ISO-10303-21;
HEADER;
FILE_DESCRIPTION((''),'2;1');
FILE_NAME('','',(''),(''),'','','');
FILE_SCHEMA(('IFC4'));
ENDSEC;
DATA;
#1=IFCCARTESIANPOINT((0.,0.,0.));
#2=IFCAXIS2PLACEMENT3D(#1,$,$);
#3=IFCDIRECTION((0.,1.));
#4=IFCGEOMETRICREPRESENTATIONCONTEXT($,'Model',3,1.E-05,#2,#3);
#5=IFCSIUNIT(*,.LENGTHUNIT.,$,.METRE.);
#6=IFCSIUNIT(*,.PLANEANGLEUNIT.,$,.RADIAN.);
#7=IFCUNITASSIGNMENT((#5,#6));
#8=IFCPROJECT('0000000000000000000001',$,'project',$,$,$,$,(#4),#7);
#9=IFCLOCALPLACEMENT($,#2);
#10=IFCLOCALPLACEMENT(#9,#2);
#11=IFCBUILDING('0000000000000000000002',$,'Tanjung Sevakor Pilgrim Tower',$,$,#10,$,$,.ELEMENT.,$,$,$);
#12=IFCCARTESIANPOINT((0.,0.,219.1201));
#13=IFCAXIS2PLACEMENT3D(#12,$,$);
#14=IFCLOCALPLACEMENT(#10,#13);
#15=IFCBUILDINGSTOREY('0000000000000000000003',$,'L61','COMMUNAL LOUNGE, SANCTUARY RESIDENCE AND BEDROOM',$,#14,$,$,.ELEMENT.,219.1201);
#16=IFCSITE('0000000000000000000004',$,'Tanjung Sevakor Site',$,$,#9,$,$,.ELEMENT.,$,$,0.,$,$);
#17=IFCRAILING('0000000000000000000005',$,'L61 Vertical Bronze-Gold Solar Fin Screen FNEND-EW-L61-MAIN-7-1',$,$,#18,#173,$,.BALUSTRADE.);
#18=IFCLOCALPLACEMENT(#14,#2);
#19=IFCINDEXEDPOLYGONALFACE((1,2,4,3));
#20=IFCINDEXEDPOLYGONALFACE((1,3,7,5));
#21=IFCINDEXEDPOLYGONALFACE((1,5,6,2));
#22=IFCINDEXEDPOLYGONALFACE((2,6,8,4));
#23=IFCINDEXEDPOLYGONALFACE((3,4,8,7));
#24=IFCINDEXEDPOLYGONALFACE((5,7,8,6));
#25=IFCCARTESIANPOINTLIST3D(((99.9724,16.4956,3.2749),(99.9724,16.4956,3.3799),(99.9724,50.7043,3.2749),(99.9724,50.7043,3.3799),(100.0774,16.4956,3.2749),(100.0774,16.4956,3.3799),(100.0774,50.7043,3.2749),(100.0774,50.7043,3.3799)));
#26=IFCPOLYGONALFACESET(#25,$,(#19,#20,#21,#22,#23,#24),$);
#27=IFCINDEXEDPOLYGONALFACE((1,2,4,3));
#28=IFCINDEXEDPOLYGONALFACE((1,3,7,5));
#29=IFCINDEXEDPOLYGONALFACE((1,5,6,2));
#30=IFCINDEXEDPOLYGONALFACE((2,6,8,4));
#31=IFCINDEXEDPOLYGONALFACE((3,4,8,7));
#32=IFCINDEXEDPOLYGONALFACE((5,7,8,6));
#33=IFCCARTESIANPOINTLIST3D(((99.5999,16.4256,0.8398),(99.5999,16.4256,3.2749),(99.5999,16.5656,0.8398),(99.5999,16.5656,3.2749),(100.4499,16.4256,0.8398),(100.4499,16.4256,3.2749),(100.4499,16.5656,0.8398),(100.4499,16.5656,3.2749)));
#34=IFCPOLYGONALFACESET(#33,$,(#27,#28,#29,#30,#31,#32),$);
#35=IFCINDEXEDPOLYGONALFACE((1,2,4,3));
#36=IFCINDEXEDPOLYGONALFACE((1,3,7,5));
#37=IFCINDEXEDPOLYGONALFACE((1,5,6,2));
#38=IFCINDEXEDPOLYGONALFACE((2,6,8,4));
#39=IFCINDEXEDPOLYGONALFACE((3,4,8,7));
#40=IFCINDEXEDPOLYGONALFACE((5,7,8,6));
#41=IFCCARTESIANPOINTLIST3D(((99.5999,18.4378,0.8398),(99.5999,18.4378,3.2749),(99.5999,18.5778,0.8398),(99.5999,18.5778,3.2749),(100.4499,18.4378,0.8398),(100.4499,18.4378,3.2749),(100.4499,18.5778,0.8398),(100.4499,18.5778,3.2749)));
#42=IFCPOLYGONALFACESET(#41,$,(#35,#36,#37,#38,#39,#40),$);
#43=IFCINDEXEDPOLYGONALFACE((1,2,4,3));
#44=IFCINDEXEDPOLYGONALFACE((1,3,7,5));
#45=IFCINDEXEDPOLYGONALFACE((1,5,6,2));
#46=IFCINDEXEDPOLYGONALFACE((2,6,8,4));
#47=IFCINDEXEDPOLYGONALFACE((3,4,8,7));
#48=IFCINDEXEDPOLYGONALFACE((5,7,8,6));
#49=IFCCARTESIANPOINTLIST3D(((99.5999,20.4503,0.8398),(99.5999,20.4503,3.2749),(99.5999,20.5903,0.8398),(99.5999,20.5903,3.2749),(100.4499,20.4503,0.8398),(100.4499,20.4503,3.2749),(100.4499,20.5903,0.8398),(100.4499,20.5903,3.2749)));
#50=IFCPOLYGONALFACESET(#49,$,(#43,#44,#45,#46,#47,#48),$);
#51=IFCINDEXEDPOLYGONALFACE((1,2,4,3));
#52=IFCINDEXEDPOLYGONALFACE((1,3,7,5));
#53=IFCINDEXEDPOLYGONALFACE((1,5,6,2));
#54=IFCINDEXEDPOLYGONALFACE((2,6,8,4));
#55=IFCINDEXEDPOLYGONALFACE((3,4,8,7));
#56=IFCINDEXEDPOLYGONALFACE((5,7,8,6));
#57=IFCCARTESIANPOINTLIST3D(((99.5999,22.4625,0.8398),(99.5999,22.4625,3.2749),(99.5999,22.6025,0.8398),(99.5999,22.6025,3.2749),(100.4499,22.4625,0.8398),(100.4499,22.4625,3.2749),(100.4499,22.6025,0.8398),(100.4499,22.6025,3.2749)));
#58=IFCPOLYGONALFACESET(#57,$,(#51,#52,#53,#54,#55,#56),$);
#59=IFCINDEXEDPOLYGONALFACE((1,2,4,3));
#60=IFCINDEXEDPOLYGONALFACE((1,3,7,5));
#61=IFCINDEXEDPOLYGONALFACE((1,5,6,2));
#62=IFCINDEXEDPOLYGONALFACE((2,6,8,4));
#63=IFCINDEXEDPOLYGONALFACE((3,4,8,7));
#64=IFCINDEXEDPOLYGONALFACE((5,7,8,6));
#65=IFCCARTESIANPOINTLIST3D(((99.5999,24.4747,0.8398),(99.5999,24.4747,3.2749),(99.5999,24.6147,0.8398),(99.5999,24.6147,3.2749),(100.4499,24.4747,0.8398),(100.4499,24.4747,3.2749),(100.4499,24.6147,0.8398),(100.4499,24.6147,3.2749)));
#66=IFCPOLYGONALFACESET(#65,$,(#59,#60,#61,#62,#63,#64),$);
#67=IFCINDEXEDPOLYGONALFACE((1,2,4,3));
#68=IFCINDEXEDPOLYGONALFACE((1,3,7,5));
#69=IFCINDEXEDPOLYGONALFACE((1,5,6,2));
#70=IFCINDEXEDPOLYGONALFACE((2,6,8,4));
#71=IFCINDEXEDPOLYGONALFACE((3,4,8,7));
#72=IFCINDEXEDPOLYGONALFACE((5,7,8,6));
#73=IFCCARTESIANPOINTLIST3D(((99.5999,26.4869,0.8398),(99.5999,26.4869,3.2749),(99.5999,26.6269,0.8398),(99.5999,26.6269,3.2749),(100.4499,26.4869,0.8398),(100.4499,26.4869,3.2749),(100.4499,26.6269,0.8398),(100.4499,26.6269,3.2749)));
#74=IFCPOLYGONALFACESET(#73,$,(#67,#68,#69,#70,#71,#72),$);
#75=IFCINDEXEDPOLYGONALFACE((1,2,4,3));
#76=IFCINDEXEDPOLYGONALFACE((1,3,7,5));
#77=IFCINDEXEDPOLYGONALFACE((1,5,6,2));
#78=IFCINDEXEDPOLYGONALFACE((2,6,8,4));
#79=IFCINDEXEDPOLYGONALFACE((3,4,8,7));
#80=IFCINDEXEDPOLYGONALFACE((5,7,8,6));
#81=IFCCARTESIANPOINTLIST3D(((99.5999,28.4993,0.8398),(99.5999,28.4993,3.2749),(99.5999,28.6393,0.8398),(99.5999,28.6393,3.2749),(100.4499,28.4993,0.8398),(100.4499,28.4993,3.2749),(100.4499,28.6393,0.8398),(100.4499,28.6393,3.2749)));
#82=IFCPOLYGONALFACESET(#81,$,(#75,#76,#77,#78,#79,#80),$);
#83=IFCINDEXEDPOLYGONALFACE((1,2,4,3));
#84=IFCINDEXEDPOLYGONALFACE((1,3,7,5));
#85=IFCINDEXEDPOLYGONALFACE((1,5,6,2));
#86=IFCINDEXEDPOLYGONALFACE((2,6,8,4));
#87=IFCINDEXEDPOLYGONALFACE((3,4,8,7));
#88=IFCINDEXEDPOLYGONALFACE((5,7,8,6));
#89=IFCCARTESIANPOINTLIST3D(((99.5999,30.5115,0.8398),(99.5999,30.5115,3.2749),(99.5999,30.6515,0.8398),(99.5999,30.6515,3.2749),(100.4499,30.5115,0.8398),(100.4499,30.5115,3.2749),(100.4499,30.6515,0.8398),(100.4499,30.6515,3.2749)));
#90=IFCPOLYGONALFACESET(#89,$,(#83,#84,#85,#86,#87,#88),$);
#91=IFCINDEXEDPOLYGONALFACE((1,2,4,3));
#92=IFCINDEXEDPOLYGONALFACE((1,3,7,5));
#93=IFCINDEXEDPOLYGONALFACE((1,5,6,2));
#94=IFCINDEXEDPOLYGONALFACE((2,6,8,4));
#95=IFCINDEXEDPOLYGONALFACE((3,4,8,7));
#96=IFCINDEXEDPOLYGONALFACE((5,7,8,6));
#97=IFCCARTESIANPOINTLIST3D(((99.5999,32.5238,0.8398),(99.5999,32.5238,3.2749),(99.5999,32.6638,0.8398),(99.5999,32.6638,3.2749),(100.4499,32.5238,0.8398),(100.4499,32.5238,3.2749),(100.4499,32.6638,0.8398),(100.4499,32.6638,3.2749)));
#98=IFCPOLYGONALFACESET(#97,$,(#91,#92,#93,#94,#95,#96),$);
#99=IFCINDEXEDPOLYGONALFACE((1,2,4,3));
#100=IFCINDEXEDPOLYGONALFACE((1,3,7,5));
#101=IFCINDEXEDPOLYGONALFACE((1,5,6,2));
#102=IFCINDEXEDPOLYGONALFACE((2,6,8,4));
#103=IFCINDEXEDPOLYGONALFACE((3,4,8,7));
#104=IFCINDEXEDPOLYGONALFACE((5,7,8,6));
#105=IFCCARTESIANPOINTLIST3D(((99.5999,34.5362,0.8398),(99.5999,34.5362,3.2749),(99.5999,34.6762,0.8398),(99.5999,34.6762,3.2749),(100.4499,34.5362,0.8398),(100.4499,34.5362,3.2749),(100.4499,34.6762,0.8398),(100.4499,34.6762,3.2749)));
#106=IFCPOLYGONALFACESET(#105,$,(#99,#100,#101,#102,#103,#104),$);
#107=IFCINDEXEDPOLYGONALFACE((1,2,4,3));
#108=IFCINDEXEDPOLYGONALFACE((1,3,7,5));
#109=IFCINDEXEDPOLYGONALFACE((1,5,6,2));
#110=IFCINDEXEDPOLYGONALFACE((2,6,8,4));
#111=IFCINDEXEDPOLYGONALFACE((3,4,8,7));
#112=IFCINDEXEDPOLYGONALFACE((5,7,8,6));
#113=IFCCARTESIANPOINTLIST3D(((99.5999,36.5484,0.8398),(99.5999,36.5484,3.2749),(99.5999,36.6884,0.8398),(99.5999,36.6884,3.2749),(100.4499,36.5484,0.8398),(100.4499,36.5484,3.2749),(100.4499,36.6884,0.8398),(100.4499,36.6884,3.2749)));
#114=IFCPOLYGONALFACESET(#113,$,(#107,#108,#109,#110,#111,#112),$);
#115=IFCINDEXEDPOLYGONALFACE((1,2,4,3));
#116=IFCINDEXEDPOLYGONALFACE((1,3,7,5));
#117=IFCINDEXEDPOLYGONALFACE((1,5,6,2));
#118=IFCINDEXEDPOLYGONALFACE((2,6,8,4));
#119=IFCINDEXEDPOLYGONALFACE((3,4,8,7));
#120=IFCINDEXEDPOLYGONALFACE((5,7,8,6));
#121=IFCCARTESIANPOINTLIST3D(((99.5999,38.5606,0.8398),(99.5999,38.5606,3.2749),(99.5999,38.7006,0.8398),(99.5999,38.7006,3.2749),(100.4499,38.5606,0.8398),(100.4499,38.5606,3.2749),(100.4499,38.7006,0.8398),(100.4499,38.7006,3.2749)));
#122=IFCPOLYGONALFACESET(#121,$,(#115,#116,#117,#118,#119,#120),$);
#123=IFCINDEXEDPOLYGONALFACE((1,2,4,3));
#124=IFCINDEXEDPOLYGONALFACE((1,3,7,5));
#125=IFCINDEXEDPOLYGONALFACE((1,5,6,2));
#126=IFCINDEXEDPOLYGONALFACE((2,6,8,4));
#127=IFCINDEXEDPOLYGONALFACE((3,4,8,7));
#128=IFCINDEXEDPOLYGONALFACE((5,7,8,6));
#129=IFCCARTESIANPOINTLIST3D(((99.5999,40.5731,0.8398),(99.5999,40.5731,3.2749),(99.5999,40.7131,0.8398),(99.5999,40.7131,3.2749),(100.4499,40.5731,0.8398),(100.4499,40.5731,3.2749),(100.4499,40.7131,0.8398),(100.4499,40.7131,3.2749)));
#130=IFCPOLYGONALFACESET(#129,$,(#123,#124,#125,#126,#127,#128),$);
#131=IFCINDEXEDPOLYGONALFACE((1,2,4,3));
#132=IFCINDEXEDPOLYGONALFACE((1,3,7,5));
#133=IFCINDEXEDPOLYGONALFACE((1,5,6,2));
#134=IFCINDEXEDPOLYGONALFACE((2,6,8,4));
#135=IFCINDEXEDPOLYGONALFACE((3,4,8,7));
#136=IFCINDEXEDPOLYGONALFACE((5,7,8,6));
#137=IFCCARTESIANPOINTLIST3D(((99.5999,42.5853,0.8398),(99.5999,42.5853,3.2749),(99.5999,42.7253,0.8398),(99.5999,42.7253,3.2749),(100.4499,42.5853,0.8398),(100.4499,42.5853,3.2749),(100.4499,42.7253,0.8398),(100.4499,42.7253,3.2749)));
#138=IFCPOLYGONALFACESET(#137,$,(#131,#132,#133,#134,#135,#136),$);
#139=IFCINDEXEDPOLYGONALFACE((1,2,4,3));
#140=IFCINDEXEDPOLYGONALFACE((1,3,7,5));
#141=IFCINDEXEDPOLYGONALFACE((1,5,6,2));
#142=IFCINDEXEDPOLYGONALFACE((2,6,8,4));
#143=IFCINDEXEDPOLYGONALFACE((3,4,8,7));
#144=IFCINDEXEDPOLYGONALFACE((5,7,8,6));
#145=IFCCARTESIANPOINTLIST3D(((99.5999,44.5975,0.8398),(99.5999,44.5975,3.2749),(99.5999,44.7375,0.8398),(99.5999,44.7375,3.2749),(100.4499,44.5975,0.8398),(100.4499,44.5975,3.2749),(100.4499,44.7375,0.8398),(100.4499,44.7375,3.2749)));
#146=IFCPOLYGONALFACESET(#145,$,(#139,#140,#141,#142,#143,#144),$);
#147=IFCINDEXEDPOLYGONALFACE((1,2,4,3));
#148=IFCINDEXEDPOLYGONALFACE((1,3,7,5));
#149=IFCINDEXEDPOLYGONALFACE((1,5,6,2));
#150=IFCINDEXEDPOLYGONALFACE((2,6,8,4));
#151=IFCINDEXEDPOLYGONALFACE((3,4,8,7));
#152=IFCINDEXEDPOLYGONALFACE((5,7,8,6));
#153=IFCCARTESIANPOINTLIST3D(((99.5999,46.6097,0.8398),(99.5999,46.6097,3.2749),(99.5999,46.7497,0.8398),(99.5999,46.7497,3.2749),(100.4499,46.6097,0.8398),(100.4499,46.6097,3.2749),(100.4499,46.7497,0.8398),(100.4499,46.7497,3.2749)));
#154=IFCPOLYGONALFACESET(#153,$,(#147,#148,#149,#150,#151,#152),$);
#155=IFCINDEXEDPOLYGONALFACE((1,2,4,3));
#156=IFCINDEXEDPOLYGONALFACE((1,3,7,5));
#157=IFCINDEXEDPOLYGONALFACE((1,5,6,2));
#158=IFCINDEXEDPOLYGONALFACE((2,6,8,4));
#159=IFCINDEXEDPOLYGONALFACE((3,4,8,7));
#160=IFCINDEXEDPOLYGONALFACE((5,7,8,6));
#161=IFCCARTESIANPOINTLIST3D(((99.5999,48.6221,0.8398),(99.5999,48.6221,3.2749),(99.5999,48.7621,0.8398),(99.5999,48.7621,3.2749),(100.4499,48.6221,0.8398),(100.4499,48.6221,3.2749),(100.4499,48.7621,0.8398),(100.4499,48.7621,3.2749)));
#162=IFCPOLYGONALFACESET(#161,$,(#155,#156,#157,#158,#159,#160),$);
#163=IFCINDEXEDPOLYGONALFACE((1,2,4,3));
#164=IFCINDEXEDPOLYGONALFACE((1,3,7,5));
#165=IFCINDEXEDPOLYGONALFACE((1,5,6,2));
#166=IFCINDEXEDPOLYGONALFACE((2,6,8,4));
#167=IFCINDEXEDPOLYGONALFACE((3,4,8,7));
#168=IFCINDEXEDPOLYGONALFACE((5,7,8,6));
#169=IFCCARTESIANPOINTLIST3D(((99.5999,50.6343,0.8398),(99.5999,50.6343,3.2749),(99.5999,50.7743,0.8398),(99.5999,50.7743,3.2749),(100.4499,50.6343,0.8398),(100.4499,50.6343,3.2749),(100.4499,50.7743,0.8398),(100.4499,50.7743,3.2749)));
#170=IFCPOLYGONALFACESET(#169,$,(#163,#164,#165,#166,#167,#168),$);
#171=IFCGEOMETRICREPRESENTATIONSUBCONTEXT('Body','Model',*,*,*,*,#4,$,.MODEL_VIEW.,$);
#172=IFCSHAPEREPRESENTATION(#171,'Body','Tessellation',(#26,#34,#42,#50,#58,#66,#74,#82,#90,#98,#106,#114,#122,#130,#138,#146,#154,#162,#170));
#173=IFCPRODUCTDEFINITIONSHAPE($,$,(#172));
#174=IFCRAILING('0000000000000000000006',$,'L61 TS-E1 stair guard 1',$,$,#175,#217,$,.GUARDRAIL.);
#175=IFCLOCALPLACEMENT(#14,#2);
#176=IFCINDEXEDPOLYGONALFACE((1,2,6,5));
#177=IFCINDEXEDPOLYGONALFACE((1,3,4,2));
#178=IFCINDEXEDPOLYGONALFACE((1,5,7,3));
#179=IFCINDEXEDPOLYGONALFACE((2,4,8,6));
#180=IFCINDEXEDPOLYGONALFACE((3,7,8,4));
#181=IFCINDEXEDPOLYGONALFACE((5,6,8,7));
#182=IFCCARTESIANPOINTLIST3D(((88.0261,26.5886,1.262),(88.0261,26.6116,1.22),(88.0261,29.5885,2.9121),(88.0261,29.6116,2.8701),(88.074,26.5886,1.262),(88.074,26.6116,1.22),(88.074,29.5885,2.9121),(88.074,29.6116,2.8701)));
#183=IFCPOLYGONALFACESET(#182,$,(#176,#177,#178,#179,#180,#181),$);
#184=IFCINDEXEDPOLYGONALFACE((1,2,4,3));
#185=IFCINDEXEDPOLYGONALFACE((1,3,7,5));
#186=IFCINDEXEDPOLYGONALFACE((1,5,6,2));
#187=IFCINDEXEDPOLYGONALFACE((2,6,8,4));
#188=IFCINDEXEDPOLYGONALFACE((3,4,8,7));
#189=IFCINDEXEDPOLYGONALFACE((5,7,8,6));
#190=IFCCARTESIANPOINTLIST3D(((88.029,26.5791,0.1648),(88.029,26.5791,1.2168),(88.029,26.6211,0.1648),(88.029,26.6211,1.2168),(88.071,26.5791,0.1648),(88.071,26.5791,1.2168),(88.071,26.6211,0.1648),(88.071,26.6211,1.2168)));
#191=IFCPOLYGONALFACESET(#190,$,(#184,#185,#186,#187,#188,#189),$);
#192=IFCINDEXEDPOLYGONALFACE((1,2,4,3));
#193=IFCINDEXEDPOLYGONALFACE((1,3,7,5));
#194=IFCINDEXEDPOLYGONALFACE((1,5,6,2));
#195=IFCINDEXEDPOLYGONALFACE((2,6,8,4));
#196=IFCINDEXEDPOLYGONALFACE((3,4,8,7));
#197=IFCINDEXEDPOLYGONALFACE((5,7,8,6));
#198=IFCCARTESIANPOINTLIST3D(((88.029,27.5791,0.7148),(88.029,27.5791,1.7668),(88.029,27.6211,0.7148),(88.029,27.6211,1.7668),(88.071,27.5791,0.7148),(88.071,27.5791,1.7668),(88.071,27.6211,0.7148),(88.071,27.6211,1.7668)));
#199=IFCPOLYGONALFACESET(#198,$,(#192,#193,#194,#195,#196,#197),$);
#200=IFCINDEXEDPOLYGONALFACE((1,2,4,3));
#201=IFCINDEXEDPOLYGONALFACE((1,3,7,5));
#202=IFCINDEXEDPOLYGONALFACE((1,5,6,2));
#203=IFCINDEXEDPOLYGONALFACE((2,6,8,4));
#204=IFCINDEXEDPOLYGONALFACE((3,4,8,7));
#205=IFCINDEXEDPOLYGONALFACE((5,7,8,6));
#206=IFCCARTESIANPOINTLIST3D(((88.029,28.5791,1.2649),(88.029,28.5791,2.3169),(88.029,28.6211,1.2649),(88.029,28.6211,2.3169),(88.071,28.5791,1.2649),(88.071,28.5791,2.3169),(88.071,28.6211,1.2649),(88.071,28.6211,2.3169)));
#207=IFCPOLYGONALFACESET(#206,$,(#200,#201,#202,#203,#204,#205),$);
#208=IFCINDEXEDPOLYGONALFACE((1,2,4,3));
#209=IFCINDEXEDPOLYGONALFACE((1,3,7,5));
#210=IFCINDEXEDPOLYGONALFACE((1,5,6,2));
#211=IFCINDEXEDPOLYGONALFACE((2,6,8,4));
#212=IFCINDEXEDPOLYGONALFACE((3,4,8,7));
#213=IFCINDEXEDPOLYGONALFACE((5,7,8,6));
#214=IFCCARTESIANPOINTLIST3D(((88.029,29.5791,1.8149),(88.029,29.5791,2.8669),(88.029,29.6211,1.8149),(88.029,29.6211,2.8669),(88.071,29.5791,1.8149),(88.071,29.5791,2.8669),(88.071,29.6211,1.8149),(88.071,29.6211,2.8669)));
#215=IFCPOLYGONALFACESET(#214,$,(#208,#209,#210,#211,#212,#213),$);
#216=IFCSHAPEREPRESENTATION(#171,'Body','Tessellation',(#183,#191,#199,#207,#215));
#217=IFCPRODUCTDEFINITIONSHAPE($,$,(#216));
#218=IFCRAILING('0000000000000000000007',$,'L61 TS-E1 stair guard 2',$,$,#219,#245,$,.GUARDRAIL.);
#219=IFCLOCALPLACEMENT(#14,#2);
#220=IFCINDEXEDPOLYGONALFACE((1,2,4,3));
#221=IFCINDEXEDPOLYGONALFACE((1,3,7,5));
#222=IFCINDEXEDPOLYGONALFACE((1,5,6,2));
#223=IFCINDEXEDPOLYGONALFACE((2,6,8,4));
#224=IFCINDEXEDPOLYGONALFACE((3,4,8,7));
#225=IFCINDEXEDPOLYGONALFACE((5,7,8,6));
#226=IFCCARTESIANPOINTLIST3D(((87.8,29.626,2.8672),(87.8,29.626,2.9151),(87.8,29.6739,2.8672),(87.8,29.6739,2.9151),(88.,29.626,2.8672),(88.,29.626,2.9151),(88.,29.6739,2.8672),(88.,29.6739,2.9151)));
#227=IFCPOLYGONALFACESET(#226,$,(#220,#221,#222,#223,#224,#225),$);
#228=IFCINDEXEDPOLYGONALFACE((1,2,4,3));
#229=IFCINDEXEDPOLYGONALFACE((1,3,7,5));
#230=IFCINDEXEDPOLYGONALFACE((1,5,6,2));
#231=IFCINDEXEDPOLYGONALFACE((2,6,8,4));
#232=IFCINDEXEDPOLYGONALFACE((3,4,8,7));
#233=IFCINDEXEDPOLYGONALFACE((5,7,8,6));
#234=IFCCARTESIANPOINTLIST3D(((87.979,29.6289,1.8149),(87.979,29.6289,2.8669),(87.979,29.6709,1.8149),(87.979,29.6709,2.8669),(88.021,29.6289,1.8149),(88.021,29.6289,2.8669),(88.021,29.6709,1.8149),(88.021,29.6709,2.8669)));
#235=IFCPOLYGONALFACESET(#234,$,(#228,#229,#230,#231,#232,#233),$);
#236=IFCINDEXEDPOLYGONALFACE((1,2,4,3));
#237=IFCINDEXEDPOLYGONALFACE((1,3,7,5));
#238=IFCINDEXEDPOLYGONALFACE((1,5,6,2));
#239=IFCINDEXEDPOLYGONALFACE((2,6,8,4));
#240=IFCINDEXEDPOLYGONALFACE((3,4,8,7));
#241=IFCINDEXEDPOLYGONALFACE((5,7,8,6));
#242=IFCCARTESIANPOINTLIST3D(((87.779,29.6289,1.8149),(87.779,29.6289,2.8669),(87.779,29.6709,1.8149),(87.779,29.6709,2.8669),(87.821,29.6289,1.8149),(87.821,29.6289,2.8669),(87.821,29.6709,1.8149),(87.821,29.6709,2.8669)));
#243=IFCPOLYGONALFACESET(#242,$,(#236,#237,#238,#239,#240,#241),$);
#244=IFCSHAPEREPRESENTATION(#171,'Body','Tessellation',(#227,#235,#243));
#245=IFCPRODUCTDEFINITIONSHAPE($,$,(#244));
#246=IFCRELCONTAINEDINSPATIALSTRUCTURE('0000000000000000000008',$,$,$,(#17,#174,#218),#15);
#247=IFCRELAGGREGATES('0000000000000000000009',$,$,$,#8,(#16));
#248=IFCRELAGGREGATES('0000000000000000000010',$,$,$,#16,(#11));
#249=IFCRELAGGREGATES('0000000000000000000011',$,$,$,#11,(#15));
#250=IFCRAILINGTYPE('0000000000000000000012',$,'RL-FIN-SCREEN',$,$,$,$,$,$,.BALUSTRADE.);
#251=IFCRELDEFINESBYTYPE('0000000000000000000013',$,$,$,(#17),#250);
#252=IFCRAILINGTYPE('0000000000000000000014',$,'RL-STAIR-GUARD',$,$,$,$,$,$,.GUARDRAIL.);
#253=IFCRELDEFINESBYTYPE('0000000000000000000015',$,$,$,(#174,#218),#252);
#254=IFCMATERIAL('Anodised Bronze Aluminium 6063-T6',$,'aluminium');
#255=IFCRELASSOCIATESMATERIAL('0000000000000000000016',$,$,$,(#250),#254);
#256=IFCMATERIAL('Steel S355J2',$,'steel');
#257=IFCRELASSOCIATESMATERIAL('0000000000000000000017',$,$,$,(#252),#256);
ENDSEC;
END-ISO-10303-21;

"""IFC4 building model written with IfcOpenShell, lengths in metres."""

from ifc_helpers import new_model, si_unit, direction, frame, origin, place, context, subcontext, project, spatial, rectangle, extrude, material, type_object, element, save


model = new_model("IFC4")

# Units and contexts
model_context = context("Model", 3, precision=1e-05, world=origin(), true_north=direction((0.0, 1.0)))
body_context = subcontext(model_context, "Body", "Model", "MODEL_VIEW")
ifc_project = project(units=[si_unit("LENGTHUNIT", "METRE"), si_unit("PLANEANGLEUNIT", "RADIAN")], contexts=[model_context])

# Site, building, storey
site_placement = place(None, origin())
site = spatial("IfcSite", under=ifc_project, at=site_placement, Name="Tanjung Sevakor Site", CompositionType="ELEMENT", RefElevation=0.0)
building_placement = place(site_placement, origin())
building = spatial("IfcBuilding", under=site, at=building_placement, Name="Tanjung Sevakor Pilgrim Tower", CompositionType="ELEMENT")
storey_placement = place(building_placement, frame((0.0, 0.0, 219.1201)))
storey = spatial("IfcBuildingStorey", under=building, at=storey_placement, Name="L61", Description="COMMUNAL LOUNGE, SANCTUARY RESIDENCE AND BEDROOM", CompositionType="ELEMENT", Elevation=219.1201)

# Railings
ifc_material_1 = material(Name="Anodised Bronze Aluminium 6063-T6", Category="aluminium")
railing_type_1 = type_object("IfcRailingType", Name="RL-FIN-SCREEN", PredefinedType="BALUSTRADE", material=ifc_material_1)
railing_1_placement = place(storey_placement, frame((100.0249, 16.4956, 0.8398)))
element("IfcRailing", 1, at=railing_1_placement, inside=storey, type_object=railing_type_1, Name="L61 Vertical Bronze-Gold Solar Fin Screen FNEND-EW-L61-MAIN-7-1", PredefinedType="BALUSTRADE", context=body_context, shape_type="SweptSolid", body=[
    extrude(rectangle(XDim=0.105, YDim=0.105), frame((0.0, 0.0, 2.4875), z_axis=(0.0, 1.0, 0.0), x_axis=(-1.0, 0.0, 0.0)), (0.0, 0.0, 1.0), 34.2087),
    extrude(rectangle(XDim=0.85, YDim=0.14), origin(), (0.0, 0.0, 1.0), 2.4351),
    extrude(rectangle(XDim=0.85, YDim=0.14), frame((0.0, 2.0122, 0.0)), (0.0, 0.0, 1.0), 2.4351),
    extrude(rectangle(XDim=0.85, YDim=0.14), frame((0.0, 4.0247, 0.0)), (0.0, 0.0, 1.0), 2.4351),
    extrude(rectangle(XDim=0.85, YDim=0.14), frame((0.0, 6.0369, 0.0)), (0.0, 0.0, 1.0), 2.4351),
    extrude(rectangle(XDim=0.85, YDim=0.14), frame((0.0, 8.0491, 0.0)), (0.0, 0.0, 1.0), 2.4351),
    extrude(rectangle(XDim=0.85, YDim=0.14), frame((0.0, 10.0613, 0.0)), (0.0, 0.0, 1.0), 2.4351),
    extrude(rectangle(XDim=0.85, YDim=0.14), frame((0.0, 12.0737, 0.0)), (0.0, 0.0, 1.0), 2.4351),
    extrude(rectangle(XDim=0.85, YDim=0.14), frame((0.0, 14.0859, 0.0)), (0.0, 0.0, 1.0), 2.4351),
    extrude(rectangle(XDim=0.85, YDim=0.14), frame((0.0, 16.0981, 0.0)), (0.0, 0.0, 1.0), 2.4351),
    extrude(rectangle(XDim=0.85, YDim=0.14), frame((0.0, 18.1106, 0.0)), (0.0, 0.0, 1.0), 2.4351),
    extrude(rectangle(XDim=0.85, YDim=0.14), frame((0.0, 20.1228, 0.0)), (0.0, 0.0, 1.0), 2.4351),
    extrude(rectangle(XDim=0.85, YDim=0.14), frame((0.0, 22.135, 0.0)), (0.0, 0.0, 1.0), 2.4351),
    extrude(rectangle(XDim=0.85, YDim=0.14), frame((0.0, 24.1475, 0.0)), (0.0, 0.0, 1.0), 2.4351),
    extrude(rectangle(XDim=0.85, YDim=0.14), frame((0.0, 26.1597, 0.0)), (0.0, 0.0, 1.0), 2.4351),
    extrude(rectangle(XDim=0.85, YDim=0.14), frame((0.0, 28.1719, 0.0)), (0.0, 0.0, 1.0), 2.4351),
    extrude(rectangle(XDim=0.85, YDim=0.14), frame((0.0, 30.1841, 0.0)), (0.0, 0.0, 1.0), 2.4351),
    extrude(rectangle(XDim=0.85, YDim=0.14), frame((0.0, 32.1965, 0.0)), (0.0, 0.0, 1.0), 2.4351),
    extrude(rectangle(XDim=0.85, YDim=0.14), frame((0.0, 34.2087, 0.0)), (0.0, 0.0, 1.0), 2.4351),
])
ifc_material_2 = material(Name="Steel S355J2", Category="steel")
railing_type_2 = type_object("IfcRailingType", Name="RL-STAIR-GUARD", PredefinedType="GUARDRAIL", material=ifc_material_2)
railing_2_placement = place(storey_placement, frame((88.05, 26.6001, 0.1648)))
element("IfcRailing", 2, at=railing_2_placement, inside=storey, type_object=railing_type_2, Name="L61 TS-E1 stair guard 1", PredefinedType="GUARDRAIL", context=body_context, shape_type="SweptSolid", body=[
    extrude(rectangle(XDim=0.0479, YDim=0.0479), frame((0.0, 0.0, 1.0762), z_axis=(0.0, 0.876198, 0.481952), x_axis=(-1.0, 0.0, 0.0)), (0.0, 0.0, 1.0), 3.4238),
    extrude(rectangle(XDim=0.042, YDim=0.042), origin(), (0.0, 0.0, 1.0), 1.052),
    extrude(rectangle(XDim=0.042, YDim=0.042), frame((0.0, 1.0, 0.55)), (0.0, 0.0, 1.0), 1.052),
    extrude(rectangle(XDim=0.042, YDim=0.042), frame((0.0, 2.0, 1.1001)), (0.0, 0.0, 1.0), 1.052),
    extrude(rectangle(XDim=0.042, YDim=0.042), frame((0.0, 3.0, 1.6501)), (0.0, 0.0, 1.0), 1.052),
])
railing_3_placement = place(storey_placement, frame((88.0, 29.6499, 1.8149)))
element("IfcRailing", 3, at=railing_3_placement, inside=storey, type_object=railing_type_2, Name="L61 TS-E1 stair guard 2", PredefinedType="GUARDRAIL", context=body_context, shape_type="SweptSolid", body=[
    extrude(rectangle(XDim=0.0479, YDim=0.0479), frame((0.0, 0.0, 1.0762), z_axis=(-1.0, 0.0, 0.0), x_axis=(0.0, -1.0, 0.0)), (0.0, 0.0, 1.0), 0.2),
    extrude(rectangle(XDim=0.042, YDim=0.042), origin(), (0.0, 0.0, 1.0), 1.052),
    extrude(rectangle(XDim=0.042, YDim=0.042), frame((-0.2, 0.0, 0.0)), (0.0, 0.0, 1.0), 1.052),
])

save(model, "model.ifc")
